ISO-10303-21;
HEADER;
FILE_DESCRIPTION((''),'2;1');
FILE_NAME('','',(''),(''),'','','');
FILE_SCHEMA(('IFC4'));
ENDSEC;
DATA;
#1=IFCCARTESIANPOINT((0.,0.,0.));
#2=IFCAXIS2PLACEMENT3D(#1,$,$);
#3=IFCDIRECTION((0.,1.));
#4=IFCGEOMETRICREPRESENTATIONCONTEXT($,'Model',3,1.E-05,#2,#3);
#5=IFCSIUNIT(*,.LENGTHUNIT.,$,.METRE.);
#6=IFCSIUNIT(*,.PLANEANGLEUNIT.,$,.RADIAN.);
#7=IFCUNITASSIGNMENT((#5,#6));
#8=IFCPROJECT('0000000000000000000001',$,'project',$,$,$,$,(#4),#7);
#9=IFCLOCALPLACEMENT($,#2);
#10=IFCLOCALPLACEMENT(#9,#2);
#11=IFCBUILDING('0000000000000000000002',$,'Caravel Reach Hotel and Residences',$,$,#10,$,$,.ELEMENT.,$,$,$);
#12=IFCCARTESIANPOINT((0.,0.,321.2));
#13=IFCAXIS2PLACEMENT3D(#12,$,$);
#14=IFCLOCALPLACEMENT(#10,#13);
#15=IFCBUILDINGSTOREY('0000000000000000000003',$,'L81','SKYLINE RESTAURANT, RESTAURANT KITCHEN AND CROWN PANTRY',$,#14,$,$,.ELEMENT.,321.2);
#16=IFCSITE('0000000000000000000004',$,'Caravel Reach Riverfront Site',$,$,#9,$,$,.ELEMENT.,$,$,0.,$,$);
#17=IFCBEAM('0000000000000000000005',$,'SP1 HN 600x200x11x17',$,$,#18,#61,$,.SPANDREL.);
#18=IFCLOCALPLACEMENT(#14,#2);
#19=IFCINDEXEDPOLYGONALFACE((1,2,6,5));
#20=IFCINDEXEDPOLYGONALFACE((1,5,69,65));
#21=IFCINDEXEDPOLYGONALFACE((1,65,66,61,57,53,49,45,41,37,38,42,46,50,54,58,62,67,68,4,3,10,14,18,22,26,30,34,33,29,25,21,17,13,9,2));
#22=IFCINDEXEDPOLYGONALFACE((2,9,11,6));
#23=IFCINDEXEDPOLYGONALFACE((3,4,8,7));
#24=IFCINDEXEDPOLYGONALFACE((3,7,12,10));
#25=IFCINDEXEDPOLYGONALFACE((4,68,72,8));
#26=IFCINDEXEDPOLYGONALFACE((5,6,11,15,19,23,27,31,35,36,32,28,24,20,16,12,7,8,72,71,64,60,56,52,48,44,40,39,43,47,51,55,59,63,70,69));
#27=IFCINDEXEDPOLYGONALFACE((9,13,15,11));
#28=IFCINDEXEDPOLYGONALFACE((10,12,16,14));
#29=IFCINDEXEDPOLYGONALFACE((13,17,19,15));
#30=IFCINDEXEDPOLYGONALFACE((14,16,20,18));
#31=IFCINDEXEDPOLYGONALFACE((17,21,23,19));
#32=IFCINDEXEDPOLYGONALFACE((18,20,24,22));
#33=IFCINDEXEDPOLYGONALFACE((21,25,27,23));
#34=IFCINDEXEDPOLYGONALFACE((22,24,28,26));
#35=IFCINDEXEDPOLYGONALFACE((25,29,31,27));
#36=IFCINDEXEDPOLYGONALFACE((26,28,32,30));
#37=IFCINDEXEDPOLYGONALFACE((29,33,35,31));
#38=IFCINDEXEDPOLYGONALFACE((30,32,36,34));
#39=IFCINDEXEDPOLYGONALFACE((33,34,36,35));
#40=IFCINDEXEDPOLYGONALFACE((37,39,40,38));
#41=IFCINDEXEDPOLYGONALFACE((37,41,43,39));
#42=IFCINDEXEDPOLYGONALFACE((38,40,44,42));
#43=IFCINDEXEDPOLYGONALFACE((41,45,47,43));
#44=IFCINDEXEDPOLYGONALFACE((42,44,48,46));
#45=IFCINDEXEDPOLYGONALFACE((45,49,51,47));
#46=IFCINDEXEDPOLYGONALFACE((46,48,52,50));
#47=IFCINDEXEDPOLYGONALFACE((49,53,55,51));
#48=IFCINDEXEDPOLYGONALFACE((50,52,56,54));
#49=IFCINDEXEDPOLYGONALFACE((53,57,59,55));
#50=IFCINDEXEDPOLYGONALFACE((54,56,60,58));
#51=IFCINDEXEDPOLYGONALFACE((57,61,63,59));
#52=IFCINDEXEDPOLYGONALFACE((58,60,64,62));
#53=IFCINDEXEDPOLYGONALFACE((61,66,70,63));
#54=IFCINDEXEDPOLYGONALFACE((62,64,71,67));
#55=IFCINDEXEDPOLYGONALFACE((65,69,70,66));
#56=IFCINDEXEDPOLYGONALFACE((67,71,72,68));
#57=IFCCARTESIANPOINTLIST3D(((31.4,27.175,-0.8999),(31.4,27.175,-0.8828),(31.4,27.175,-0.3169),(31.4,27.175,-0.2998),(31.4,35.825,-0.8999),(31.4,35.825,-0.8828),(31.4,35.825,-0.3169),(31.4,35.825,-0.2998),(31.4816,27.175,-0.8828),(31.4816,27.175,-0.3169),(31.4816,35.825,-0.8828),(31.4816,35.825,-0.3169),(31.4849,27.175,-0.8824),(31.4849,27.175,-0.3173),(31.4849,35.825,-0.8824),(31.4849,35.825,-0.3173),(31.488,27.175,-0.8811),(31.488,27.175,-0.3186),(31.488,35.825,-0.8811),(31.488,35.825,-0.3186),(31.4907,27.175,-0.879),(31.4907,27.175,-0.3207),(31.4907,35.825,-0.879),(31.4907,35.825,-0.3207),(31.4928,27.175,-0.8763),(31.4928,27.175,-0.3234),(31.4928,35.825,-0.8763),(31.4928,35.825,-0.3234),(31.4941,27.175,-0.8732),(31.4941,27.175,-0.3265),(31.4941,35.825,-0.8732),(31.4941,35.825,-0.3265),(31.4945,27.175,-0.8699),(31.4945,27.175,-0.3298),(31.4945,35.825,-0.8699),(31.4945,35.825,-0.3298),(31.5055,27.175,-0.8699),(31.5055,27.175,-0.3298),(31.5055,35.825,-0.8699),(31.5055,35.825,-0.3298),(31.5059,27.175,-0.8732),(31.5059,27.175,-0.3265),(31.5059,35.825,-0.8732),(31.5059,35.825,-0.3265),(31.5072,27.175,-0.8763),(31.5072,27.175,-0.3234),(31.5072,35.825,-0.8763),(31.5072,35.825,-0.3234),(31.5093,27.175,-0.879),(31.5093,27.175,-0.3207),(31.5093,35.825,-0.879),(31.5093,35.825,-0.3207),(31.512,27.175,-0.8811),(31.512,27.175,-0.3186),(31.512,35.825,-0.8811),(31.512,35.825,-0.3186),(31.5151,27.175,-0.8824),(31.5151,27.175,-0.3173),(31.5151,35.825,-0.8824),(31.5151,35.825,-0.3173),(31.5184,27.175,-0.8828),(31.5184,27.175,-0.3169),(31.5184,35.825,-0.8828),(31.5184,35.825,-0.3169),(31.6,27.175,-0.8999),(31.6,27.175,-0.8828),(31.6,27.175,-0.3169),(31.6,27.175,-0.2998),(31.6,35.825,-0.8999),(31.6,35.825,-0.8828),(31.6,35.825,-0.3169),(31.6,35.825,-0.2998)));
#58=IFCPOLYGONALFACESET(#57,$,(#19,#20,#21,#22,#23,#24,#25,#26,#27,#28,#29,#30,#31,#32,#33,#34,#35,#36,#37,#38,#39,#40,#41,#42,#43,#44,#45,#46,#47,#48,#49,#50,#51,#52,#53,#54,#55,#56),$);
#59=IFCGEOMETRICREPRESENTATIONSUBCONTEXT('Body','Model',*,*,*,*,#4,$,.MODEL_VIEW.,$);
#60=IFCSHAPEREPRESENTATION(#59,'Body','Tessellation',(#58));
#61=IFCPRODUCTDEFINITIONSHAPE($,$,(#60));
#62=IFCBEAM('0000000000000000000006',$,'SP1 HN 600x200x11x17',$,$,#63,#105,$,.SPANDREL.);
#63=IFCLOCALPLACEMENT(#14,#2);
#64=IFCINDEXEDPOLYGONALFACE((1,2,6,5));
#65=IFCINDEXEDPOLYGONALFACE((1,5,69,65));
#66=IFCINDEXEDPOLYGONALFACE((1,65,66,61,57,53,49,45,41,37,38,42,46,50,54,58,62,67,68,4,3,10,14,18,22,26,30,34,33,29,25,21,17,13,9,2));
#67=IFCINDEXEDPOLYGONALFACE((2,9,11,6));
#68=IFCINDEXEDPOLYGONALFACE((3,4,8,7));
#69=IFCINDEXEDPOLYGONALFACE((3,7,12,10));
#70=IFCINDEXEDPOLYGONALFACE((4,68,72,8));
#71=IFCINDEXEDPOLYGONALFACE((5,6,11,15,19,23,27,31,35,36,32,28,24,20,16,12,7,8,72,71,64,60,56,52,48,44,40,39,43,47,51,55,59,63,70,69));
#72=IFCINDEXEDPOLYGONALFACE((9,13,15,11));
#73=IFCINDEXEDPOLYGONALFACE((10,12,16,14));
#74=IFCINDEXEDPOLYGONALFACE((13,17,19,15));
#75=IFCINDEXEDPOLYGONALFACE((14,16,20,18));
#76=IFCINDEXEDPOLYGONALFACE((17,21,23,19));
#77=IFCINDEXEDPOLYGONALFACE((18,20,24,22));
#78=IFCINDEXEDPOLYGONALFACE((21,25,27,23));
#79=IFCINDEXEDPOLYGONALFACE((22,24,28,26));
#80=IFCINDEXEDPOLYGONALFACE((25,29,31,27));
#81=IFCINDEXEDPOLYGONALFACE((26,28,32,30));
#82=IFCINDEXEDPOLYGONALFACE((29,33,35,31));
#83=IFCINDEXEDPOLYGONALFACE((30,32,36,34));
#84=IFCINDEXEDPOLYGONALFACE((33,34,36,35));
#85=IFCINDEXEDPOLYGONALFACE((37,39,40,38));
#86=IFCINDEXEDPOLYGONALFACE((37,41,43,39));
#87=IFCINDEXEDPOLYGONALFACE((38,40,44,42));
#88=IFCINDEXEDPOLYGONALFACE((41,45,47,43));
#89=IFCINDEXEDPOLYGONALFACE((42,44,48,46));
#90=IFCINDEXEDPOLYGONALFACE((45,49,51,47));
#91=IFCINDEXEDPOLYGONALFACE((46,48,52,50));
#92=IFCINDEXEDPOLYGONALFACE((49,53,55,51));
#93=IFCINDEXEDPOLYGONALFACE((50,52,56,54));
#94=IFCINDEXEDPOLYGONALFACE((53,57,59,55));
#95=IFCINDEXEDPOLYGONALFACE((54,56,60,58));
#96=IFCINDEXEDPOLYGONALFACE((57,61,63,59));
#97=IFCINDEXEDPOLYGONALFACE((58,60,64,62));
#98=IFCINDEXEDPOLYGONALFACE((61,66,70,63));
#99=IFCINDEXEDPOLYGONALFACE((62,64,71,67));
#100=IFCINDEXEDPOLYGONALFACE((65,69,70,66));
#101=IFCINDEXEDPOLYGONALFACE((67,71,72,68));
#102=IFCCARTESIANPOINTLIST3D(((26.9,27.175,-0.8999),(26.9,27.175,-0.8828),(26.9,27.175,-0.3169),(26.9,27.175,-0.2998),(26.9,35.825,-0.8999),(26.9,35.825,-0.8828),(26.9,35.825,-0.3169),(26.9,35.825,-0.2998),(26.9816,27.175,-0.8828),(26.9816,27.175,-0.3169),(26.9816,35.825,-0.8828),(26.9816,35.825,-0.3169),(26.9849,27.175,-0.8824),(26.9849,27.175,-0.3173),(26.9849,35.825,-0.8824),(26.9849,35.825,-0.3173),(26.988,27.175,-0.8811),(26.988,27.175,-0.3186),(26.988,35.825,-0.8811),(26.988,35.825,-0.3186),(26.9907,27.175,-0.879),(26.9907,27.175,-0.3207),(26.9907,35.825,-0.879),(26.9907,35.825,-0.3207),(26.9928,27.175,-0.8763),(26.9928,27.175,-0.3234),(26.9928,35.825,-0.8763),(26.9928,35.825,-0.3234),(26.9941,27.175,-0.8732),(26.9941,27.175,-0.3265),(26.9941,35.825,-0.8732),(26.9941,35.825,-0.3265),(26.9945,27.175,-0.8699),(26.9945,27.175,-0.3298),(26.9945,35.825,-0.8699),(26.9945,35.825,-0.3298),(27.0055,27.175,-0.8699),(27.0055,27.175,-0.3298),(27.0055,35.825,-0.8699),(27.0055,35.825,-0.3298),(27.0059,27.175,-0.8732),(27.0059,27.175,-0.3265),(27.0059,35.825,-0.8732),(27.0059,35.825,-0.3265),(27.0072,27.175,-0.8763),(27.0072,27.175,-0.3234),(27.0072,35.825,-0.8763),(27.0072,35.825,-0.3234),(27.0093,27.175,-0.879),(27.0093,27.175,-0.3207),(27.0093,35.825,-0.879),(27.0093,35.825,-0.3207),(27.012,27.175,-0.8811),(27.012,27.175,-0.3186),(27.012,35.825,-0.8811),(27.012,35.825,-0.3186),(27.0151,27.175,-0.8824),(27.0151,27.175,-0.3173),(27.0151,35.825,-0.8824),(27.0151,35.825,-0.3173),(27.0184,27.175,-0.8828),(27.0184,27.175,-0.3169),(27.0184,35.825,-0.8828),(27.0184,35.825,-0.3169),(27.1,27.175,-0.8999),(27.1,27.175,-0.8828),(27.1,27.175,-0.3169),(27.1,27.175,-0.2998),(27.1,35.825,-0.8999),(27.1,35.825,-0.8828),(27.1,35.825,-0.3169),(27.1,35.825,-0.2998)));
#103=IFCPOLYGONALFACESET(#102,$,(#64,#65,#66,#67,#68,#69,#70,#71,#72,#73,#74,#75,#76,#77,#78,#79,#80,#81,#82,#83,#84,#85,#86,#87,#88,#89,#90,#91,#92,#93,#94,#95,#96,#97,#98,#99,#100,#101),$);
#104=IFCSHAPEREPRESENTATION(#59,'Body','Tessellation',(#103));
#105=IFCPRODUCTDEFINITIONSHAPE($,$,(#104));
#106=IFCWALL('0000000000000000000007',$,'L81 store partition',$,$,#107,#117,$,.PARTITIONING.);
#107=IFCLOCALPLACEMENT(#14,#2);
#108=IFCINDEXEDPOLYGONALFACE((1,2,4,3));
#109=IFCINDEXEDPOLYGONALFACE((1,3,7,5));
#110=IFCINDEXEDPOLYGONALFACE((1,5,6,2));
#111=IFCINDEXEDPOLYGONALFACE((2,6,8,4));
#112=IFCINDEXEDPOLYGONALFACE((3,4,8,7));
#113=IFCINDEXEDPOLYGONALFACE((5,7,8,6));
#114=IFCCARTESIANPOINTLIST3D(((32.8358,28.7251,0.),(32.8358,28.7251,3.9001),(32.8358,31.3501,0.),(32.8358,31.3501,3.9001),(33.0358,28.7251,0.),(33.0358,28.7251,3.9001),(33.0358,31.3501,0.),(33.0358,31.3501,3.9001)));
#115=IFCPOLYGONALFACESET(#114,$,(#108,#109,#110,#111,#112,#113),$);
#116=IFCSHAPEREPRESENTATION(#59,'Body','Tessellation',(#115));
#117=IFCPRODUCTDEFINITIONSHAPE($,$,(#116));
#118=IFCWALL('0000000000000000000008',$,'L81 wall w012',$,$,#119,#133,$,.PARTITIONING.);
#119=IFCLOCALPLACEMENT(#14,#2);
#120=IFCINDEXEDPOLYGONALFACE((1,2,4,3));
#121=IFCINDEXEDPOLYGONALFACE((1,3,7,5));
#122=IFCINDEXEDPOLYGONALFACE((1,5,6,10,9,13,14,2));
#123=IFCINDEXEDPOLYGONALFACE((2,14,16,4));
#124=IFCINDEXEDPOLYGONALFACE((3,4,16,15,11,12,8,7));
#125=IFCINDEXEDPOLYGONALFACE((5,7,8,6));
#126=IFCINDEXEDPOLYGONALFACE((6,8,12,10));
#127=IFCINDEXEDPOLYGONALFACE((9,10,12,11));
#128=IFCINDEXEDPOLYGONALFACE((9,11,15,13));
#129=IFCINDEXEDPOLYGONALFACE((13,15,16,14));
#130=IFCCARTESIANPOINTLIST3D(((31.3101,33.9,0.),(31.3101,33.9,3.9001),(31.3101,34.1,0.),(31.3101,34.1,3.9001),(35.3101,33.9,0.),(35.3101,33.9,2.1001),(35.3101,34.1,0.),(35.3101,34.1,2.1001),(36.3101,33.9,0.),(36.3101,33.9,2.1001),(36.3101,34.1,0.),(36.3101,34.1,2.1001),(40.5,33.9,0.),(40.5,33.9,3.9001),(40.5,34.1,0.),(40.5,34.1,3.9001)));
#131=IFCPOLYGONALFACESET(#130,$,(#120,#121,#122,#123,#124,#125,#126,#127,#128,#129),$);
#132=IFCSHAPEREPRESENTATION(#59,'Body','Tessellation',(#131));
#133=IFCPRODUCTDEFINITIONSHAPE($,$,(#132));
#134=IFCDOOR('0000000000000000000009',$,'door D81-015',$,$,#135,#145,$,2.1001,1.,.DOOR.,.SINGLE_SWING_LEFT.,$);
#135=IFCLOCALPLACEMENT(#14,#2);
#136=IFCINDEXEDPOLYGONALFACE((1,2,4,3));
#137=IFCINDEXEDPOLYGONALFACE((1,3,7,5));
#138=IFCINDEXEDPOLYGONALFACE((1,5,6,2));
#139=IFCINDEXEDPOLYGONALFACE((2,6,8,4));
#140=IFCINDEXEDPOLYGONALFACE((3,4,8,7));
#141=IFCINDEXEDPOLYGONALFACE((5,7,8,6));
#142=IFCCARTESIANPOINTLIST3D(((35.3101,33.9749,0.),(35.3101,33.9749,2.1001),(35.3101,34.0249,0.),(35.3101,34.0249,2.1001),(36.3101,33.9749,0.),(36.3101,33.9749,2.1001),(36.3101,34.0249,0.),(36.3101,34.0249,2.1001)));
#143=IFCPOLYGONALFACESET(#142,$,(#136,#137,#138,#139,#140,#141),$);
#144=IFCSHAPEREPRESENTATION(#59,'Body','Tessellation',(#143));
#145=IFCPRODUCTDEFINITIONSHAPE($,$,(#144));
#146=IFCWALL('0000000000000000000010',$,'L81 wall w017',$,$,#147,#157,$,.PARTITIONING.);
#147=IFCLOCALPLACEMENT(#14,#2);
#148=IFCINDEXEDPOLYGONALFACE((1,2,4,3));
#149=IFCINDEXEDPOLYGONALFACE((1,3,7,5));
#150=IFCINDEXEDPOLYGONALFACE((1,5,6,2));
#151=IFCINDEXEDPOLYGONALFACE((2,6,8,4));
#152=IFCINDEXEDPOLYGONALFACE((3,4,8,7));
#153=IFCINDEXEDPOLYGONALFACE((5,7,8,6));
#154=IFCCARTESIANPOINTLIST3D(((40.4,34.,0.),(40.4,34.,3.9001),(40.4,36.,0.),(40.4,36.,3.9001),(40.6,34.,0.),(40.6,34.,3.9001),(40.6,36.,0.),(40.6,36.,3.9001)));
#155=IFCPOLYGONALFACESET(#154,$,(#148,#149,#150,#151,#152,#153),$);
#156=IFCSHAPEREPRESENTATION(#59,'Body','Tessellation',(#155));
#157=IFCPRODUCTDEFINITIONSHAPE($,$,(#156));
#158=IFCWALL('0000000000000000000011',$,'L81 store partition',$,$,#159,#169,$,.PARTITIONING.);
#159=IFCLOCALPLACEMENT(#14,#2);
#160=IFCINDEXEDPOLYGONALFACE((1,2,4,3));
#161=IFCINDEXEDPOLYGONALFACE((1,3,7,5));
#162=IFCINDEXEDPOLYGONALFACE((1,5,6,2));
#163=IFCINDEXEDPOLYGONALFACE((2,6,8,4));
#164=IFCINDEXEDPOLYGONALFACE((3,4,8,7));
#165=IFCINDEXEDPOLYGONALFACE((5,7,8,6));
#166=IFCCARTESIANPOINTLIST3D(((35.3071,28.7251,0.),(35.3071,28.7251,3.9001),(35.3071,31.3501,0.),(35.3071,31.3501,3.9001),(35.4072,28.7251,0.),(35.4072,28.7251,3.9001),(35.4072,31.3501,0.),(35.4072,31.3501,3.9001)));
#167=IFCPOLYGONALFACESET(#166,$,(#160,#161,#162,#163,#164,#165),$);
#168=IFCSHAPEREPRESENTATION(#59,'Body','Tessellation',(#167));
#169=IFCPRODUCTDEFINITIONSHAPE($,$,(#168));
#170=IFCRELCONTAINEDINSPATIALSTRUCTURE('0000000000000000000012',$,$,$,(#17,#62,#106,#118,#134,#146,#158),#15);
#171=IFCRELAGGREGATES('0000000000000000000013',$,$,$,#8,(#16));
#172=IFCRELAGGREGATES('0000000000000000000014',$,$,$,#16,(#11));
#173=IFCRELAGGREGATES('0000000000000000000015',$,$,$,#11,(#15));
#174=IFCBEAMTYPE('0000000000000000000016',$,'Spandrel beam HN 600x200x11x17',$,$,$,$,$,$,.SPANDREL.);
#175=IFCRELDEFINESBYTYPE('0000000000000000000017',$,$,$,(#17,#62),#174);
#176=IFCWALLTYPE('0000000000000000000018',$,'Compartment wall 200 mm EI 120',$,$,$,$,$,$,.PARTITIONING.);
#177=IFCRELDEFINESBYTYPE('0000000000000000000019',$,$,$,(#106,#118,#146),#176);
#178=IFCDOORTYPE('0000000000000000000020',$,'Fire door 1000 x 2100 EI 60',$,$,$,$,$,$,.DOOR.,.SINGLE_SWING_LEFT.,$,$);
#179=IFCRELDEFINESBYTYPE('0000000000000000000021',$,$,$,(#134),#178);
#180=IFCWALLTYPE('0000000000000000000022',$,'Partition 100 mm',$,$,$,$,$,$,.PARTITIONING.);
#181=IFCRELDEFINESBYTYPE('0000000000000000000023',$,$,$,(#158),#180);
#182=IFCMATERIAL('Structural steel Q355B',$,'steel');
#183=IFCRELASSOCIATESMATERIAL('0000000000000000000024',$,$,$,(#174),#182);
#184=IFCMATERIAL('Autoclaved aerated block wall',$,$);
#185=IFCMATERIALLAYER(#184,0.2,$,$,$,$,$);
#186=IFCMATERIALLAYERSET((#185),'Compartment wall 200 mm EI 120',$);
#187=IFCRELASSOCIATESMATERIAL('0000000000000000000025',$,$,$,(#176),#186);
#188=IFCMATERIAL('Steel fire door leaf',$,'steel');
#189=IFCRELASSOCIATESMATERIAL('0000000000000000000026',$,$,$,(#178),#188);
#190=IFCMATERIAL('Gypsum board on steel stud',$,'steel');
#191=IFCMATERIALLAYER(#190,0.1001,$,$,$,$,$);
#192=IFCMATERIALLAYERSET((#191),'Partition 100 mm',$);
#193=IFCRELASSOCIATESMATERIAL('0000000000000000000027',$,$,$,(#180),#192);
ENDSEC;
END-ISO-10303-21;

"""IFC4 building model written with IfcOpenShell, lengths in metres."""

from ifc_helpers import new_model, si_unit, direction, frame, frame_2d, origin, origin_2d, place, context, subcontext, project, spatial, rectangle, i_section, extrude, material, layer, layer_set, material_profile, profile_set, type_object, element, fill, save


model = new_model("IFC4")

# Units and contexts
model_context = context("Model", 3, precision=1e-05, world=origin(), true_north=direction((0.0, 1.0)))
body_context = subcontext(model_context, "Body", "Model", "MODEL_VIEW")
ifc_project = project(units=[si_unit("LENGTHUNIT", "METRE"), si_unit("PLANEANGLEUNIT", "RADIAN")], contexts=[model_context])

# Site, building, storey
site_placement = place(None, origin())
site = spatial("IfcSite", under=ifc_project, at=site_placement, Name="Caravel Reach Riverfront Site", CompositionType="ELEMENT", RefElevation=0.0)
building_placement = place(site_placement, origin())
building = spatial("IfcBuilding", under=site, at=building_placement, Name="Caravel Reach Hotel and Residences", CompositionType="ELEMENT")
storey_placement = place(building_placement, frame((0.0, 0.0, 321.2)))
storey = spatial("IfcBuildingStorey", under=building, at=storey_placement, Name="L81", Description="SKYLINE RESTAURANT, RESTAURANT KITCHEN AND CROWN PANTRY", CompositionType="ELEMENT", Elevation=321.2)

# Beams
ifc_material_1 = material(Name="Structural steel Q355B", Category="steel")
ifc_material_profile_1 = material_profile(ifc_material_1, i_section(OverallWidth=0.2, OverallDepth=0.6001, WebThickness=0.011, FlangeThickness=0.0171, FilletRadius=0.0129, at=origin_2d()), Name="HN 600x200x11x17")
ifc_profile_set_1 = profile_set([ifc_material_profile_1], Name="Structural steel Q355B")
beam_type_1 = type_object("IfcBeamType", Name="Spandrel beam HN 600x200x11x17", PredefinedType="SPANDREL", material=ifc_profile_set_1)
for number, where, z_axis, x_axis, name in (
    (1, (31.5, 35.825, -0.5999), (0.0, -1.0, 0.0), (1.0, 0.0, 0.0), "SP1 HN 600x200x11x17"),
    (2, (27.0, 27.175, -0.5999), (0.0, 1.0, 0.0), (-1.0, 0.0, 0.0), "SP1 HN 600x200x11x17"),
):
    element("IfcBeam", number, at=place(storey_placement, frame(where, z_axis=z_axis, x_axis=x_axis)), inside=storey, type_object=beam_type_1, Name=name, PredefinedType="SPANDREL", context=body_context, shape_type="SweptSolid", body=[
        extrude(i_section(OverallWidth=0.2, OverallDepth=0.6001, WebThickness=0.011, FlangeThickness=0.0171, FilletRadius=0.0129, at=origin_2d()), origin(), (0.0, 0.0, 1.0), 8.6499),
    ])

# Wall
ifc_material_2 = material(Name="Autoclaved aerated block wall")
ifc_layer_1 = layer(ifc_material_2, 0.2)
ifc_layer_set_1 = layer_set([ifc_layer_1], Name="Compartment wall 200 mm EI 120")
wall_type_1 = type_object("IfcWallType", Name="Compartment wall 200 mm EI 120", PredefinedType="PARTITIONING", material=ifc_layer_set_1)
wall_1_placement = place(storey_placement, frame((32.9358, 28.7251, 0.0), z_axis=(0.0, 0.0, 1.0), x_axis=(0.0, 1.0, 0.0)))
element("IfcWall", 3, at=wall_1_placement, inside=storey, type_object=wall_type_1, Name="L81 store partition", PredefinedType="PARTITIONING", context=body_context, shape_type="SweptSolid", body=[
    extrude(rectangle(XDim=2.625, YDim=0.2, at=frame_2d((1.3125, 0.0))), origin(), (0.0, 0.0, 1.0), 3.9001),
])

# Wall, opening, door
wall_2_placement = place(storey_placement, frame((31.3101, 34.0, 0.0), z_axis=(0.0, 0.0, 1.0), x_axis=(1.0, 0.0, 0.0)))
wall_2 = element("IfcWall", 4, at=wall_2_placement, inside=storey, type_object=wall_type_1, Name="L81 wall w012", PredefinedType="PARTITIONING", context=body_context, shape_type="SweptSolid", body=[
    extrude(rectangle(XDim=9.1899, YDim=0.2, at=frame_2d((4.595, 0.0))), origin(), (0.0, 0.0, 1.0), 3.9001),
])
opening_1_placement = place(wall_2_placement, frame((4.0, 0.0, 0.0)))
opening_1 = element("IfcOpeningElement", 5, at=opening_1_placement, cuts=wall_2, PredefinedType="OPENING", context=body_context, shape_type="SweptSolid", body=[
    extrude(rectangle(XDim=1.0, YDim=2.1001, at=frame_2d((0.5, 1.05))), frame((0.0, 0.1099, 0.0), z_axis=(0.0, -1.0, 0.0), x_axis=(1.0, 0.0, 0.0)), (0.0, 0.0, 1.0), 0.22),
])
ifc_material_3 = material(Name="Steel fire door leaf", Category="steel")
door_type_1 = type_object("IfcDoorType", Name="Fire door 1000 x 2100 EI 60", OperationType="SINGLE_SWING_LEFT", PredefinedType="DOOR", material=ifc_material_3)
door_1_placement = place(opening_1_placement, origin())
door_1 = element("IfcDoor", 6, at=door_1_placement, inside=storey, type_object=door_type_1, Name="door D81-015", OperationType="SINGLE_SWING_LEFT", OverallHeight=2.1001, OverallWidth=1.0, PredefinedType="DOOR", context=body_context, shape_type="SweptSolid", body=[
    extrude(rectangle(XDim=1.0, YDim=2.1001, at=frame_2d((0.5, 1.05))), frame((0.0, 0.0249, 0.0), z_axis=(0.0, -1.0, 0.0), x_axis=(1.0, 0.0, 0.0)), (0.0, 0.0, 1.0), 0.05),
])
fill(opening_1, door_1)

# Walls
wall_3_placement = place(storey_placement, frame((40.5, 34.0, 0.0), z_axis=(0.0, 0.0, 1.0), x_axis=(0.0, 1.0, 0.0)))
element("IfcWall", 7, at=wall_3_placement, inside=storey, type_object=wall_type_1, Name="L81 wall w017", PredefinedType="PARTITIONING", context=body_context, shape_type="SweptSolid", body=[
    extrude(rectangle(XDim=2.0, YDim=0.2, at=frame_2d((1.0, 0.0))), origin(), (0.0, 0.0, 1.0), 3.9001),
])
ifc_material_4 = material(Name="Gypsum board on steel stud", Category="steel")
ifc_layer_2 = layer(ifc_material_4, 0.1001)
ifc_layer_set_2 = layer_set([ifc_layer_2], Name="Partition 100 mm")
wall_type_2 = type_object("IfcWallType", Name="Partition 100 mm", PredefinedType="PARTITIONING", material=ifc_layer_set_2)
wall_4_placement = place(storey_placement, frame((35.3572, 28.7251, 0.0), z_axis=(0.0, 0.0, 1.0), x_axis=(0.0, 1.0, 0.0)))
element("IfcWall", 8, at=wall_4_placement, inside=storey, type_object=wall_type_2, Name="L81 store partition", PredefinedType="PARTITIONING", context=body_context, shape_type="SweptSolid", body=[
    extrude(rectangle(XDim=2.625, YDim=0.1001, at=frame_2d((1.3125, 0.0))), origin(), (0.0, 0.0, 1.0), 3.9001),
])

save(model, "model.ifc")
